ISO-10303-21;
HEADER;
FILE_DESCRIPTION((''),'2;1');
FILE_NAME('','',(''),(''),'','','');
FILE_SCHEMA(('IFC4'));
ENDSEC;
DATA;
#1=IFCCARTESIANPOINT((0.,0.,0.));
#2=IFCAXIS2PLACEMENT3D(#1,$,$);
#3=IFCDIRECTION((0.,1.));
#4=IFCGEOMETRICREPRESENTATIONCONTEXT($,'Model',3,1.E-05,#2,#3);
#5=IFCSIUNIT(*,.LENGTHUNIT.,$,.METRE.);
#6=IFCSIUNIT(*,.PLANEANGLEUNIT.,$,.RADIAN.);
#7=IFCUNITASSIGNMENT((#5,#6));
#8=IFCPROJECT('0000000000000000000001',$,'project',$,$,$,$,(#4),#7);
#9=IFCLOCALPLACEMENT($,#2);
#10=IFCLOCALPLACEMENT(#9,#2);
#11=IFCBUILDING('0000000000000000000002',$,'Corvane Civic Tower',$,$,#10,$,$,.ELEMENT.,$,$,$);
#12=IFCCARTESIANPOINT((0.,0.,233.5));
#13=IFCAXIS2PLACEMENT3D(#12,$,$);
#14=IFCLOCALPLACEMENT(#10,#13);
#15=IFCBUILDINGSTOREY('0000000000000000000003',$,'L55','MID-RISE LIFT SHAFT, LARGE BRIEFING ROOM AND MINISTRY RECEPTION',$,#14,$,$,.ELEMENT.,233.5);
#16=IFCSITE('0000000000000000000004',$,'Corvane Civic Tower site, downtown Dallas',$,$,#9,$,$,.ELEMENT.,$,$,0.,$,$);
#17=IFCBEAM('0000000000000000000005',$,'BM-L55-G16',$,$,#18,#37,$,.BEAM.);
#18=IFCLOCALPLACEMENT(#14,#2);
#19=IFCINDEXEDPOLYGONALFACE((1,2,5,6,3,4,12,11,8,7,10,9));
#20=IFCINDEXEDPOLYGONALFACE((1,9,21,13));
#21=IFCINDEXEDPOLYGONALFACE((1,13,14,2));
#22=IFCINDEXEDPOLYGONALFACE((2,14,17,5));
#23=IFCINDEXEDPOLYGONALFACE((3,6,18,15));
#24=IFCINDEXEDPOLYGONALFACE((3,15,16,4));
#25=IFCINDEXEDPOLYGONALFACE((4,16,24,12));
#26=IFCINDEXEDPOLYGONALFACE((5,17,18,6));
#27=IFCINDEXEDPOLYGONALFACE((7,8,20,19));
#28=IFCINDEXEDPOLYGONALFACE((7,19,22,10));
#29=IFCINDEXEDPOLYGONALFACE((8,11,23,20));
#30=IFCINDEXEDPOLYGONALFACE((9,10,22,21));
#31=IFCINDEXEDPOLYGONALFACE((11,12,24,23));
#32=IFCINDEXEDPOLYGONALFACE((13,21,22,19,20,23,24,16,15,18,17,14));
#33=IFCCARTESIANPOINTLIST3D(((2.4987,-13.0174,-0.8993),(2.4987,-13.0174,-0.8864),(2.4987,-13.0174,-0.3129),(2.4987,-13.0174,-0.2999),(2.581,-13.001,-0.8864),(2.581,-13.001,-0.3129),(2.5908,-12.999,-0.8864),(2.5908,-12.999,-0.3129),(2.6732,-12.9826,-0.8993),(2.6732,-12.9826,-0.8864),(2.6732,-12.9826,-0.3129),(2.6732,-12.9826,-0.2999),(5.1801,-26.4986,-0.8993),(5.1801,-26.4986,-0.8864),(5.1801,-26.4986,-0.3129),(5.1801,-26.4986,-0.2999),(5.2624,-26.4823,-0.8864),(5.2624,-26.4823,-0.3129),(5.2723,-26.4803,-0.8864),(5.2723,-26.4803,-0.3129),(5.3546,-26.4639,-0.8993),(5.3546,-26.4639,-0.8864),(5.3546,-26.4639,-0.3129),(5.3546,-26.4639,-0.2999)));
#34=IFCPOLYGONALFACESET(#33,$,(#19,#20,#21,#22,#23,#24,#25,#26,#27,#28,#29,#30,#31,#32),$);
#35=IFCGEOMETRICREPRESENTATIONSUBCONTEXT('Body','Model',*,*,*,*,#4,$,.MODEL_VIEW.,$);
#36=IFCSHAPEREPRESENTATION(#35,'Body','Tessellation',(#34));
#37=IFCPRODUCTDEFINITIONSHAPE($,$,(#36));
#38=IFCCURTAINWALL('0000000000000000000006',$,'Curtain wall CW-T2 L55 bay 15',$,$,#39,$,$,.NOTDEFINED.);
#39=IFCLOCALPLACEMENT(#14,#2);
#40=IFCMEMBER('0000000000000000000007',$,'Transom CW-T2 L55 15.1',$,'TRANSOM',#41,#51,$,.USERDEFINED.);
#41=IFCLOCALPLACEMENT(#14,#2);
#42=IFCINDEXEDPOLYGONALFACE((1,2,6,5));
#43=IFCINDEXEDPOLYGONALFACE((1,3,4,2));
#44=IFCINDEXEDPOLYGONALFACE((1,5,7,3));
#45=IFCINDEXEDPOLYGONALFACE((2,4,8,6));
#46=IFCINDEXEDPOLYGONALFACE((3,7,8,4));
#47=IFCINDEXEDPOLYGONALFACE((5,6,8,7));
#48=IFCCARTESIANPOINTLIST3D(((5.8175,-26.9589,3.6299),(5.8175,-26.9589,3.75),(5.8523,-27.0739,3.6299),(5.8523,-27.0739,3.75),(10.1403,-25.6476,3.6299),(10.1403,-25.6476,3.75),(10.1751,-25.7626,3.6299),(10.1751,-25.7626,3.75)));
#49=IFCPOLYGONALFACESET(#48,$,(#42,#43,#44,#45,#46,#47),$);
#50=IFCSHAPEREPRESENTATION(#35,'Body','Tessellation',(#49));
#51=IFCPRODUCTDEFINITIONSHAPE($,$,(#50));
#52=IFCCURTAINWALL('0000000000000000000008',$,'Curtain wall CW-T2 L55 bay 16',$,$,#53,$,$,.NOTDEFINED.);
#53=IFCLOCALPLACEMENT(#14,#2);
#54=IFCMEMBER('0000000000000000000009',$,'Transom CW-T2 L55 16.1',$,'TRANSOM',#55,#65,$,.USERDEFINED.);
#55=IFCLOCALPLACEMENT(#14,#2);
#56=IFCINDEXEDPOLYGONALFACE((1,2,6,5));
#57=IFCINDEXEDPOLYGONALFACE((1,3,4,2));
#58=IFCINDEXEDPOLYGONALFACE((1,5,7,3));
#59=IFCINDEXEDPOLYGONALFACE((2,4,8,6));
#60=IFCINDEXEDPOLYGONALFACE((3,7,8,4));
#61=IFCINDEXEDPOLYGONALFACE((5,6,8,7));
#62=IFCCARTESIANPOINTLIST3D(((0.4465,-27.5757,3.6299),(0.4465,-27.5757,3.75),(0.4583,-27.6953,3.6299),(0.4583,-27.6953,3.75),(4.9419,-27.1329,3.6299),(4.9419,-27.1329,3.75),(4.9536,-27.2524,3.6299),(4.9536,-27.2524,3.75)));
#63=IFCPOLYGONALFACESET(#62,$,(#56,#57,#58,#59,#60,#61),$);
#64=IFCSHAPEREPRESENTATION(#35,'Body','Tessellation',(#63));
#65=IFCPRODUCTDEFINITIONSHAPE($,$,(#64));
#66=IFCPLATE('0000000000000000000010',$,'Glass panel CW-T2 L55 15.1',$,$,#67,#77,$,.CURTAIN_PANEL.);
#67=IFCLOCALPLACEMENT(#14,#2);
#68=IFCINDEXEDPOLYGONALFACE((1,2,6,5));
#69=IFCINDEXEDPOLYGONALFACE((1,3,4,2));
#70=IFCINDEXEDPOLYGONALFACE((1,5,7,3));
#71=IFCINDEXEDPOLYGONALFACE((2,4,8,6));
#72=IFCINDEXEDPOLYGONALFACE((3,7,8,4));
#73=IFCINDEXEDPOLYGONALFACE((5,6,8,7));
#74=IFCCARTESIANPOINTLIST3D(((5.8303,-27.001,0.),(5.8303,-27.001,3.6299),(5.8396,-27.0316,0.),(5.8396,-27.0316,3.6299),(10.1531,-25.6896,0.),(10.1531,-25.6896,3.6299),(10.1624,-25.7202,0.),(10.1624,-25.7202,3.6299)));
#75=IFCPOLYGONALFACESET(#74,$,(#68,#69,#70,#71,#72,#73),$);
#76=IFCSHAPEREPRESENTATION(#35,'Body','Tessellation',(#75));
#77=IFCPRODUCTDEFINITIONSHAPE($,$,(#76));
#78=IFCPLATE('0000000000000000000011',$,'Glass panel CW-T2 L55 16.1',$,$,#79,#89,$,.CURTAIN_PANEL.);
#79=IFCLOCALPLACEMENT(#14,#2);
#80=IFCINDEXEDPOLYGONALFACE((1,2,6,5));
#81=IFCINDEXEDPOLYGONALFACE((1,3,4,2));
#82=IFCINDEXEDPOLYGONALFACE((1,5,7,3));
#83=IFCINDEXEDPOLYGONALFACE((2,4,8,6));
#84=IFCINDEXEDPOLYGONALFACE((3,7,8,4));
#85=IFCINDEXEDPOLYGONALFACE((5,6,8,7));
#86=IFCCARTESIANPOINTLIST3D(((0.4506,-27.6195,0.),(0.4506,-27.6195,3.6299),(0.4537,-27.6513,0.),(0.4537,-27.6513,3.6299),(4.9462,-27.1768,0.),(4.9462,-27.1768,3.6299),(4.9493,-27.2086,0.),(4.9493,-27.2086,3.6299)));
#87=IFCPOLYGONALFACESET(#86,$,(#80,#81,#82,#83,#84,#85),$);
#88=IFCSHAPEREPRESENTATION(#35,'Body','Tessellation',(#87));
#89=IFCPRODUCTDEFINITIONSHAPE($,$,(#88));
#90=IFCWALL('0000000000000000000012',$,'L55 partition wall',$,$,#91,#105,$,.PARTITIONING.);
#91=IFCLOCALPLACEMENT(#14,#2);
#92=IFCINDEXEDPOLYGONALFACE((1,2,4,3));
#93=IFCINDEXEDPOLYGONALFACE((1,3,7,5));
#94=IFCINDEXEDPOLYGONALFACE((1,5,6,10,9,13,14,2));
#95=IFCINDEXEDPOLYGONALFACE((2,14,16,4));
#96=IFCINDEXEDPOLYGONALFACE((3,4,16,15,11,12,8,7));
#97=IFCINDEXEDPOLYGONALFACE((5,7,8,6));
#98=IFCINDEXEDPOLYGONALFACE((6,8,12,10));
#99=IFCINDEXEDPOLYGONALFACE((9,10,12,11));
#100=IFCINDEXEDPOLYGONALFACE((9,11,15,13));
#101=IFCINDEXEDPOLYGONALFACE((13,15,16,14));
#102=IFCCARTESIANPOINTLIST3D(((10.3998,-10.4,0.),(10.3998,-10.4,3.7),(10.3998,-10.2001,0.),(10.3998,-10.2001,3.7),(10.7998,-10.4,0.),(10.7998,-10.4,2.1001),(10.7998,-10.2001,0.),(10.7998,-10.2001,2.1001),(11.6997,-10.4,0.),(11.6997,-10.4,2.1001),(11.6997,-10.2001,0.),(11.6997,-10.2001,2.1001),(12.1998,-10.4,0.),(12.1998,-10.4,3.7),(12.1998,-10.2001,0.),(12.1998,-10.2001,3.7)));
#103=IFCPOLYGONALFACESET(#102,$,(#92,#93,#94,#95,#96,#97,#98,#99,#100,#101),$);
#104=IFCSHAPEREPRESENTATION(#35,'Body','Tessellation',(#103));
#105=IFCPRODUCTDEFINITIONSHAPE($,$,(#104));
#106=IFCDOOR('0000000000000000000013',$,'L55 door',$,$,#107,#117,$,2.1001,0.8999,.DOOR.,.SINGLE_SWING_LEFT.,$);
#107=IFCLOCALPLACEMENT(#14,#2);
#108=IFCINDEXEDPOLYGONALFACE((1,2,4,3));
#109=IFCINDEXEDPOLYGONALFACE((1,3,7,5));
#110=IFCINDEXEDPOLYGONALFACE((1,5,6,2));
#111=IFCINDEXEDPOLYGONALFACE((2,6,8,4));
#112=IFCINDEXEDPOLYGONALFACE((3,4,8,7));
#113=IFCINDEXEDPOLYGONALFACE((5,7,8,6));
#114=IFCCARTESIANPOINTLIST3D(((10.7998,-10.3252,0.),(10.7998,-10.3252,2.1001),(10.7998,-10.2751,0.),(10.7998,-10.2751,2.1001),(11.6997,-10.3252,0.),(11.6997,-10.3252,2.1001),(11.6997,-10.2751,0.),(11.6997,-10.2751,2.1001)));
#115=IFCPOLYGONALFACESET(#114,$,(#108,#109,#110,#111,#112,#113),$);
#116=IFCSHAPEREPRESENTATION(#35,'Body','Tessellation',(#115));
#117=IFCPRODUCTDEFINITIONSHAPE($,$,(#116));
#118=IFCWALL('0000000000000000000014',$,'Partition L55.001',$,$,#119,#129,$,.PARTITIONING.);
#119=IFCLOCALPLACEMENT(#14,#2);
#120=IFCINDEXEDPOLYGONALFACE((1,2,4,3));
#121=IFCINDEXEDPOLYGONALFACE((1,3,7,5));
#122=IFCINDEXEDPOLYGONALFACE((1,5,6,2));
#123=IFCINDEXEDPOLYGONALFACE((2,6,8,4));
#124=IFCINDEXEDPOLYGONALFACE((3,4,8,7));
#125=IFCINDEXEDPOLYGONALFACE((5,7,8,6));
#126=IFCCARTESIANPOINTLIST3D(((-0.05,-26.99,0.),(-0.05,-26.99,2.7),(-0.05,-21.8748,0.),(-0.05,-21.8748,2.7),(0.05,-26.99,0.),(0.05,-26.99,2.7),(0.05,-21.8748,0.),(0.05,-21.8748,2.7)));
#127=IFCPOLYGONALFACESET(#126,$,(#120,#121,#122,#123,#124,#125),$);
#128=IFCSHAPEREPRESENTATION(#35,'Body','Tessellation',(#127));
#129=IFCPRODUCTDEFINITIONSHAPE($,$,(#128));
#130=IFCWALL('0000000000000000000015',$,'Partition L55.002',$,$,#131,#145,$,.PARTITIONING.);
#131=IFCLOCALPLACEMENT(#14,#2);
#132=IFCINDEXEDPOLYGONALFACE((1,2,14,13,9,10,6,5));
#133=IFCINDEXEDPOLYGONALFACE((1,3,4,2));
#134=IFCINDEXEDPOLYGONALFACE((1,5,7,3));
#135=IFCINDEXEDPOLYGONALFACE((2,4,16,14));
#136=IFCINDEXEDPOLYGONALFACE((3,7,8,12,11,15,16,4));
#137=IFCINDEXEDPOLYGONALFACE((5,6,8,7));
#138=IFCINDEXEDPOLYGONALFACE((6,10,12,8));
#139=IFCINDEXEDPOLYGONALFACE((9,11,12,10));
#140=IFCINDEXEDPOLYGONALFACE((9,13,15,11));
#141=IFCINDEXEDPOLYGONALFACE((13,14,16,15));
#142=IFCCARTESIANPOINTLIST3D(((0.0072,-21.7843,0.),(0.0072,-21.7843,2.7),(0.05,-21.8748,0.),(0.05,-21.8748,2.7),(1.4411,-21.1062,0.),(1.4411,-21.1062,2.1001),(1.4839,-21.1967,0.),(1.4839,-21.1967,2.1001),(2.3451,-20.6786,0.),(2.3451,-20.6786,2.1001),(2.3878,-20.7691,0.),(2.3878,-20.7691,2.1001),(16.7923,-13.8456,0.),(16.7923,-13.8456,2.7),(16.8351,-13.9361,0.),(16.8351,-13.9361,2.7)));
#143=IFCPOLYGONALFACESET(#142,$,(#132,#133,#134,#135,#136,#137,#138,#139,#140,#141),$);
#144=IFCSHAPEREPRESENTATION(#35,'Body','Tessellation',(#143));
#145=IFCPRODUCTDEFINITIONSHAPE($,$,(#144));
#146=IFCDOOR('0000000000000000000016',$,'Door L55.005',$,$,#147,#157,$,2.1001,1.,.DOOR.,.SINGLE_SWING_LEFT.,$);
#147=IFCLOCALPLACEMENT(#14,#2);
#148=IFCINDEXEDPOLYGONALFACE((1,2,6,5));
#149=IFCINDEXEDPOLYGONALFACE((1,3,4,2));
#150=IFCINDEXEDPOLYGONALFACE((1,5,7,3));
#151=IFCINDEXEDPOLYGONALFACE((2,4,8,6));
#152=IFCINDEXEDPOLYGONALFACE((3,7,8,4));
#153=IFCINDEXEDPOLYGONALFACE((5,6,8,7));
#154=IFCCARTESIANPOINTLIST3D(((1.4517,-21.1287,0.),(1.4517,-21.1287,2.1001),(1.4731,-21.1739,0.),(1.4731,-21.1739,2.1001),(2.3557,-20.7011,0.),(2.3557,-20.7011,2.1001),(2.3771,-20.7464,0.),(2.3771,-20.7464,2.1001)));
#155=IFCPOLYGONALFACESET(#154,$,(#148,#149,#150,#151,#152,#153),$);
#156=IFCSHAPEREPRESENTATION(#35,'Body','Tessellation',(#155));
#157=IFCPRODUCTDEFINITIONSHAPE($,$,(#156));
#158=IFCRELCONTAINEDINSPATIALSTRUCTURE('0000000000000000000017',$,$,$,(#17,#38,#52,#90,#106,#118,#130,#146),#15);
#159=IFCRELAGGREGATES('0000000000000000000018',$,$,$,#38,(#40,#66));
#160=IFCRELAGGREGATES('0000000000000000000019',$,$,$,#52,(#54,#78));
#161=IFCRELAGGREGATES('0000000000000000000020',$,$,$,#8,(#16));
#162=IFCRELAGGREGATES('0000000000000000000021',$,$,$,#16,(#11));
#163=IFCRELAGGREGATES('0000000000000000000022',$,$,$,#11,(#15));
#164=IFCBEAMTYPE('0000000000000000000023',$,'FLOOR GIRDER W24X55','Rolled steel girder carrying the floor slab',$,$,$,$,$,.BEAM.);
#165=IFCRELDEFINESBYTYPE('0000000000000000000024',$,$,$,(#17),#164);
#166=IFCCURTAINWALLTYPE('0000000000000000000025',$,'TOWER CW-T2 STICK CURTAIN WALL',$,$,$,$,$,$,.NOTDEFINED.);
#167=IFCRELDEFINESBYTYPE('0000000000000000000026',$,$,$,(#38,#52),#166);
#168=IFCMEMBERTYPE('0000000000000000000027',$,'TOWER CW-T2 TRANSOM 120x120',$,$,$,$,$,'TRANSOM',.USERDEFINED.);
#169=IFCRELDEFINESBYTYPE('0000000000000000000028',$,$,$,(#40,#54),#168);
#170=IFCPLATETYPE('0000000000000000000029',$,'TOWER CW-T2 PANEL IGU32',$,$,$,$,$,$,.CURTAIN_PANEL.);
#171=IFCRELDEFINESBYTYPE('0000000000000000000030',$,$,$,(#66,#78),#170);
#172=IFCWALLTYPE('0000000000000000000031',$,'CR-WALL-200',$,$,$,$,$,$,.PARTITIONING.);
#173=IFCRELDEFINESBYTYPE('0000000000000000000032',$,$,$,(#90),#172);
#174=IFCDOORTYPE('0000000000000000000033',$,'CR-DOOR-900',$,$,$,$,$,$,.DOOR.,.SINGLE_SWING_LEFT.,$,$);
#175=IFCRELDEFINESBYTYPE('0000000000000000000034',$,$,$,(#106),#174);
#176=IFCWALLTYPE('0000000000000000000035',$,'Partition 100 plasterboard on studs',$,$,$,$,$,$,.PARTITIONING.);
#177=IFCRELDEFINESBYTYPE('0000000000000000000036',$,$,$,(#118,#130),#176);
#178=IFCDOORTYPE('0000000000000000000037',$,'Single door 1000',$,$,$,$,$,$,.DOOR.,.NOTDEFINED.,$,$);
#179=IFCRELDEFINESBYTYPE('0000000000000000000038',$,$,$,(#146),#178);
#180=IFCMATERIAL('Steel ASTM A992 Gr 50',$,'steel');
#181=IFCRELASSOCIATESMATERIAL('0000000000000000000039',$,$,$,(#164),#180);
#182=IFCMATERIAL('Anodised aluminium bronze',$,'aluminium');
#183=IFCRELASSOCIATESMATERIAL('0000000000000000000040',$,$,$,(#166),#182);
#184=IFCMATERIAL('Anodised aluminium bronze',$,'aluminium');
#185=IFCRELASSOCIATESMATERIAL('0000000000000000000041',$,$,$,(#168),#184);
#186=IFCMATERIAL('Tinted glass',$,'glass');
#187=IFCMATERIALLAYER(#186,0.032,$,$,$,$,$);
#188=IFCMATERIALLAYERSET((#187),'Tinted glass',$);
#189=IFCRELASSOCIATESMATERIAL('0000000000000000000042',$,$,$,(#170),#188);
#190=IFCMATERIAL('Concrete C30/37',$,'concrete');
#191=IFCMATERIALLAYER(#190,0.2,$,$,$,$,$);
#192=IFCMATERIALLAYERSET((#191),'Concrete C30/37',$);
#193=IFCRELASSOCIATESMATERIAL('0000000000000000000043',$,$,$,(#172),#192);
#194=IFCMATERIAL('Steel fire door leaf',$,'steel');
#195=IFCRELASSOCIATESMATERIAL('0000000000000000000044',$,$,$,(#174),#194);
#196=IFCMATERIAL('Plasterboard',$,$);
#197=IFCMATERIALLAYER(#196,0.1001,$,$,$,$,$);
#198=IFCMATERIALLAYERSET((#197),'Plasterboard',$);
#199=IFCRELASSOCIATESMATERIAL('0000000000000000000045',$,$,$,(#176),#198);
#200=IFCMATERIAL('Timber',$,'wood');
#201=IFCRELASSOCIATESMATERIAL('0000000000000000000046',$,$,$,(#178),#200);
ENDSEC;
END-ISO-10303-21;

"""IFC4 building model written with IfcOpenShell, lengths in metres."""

from ifc_helpers import new_model, si_unit, direction, frame, frame_2d, origin, origin_2d, place, context, subcontext, project, spatial, rectangle, i_section, extrude, material, layer, layer_set, material_profile, profile_set, type_object, element, fill, aggregate, save


model = new_model("IFC4")

# Units and contexts
model_context = context("Model", 3, precision=1e-05, world=origin(), true_north=direction((0.0, 1.0)))
body_context = subcontext(model_context, "Body", "Model", "MODEL_VIEW")
ifc_project = project(units=[si_unit("LENGTHUNIT", "METRE"), si_unit("PLANEANGLEUNIT", "RADIAN")], contexts=[model_context])

# Site, building, storey
site_placement = place(None, origin())
site = spatial("IfcSite", under=ifc_project, at=site_placement, Name="Corvane Civic Tower site, downtown Dallas", CompositionType="ELEMENT", RefElevation=0.0)
building_placement = place(site_placement, origin())
building = spatial("IfcBuilding", under=site, at=building_placement, Name="Corvane Civic Tower", CompositionType="ELEMENT")
storey_placement = place(building_placement, frame((0.0, 0.0, 233.5)))
storey = spatial("IfcBuildingStorey", under=building, at=storey_placement, Name="L55", Description="MID-RISE LIFT SHAFT, LARGE BRIEFING ROOM AND MINISTRY RECEPTION", CompositionType="ELEMENT", Elevation=233.5)

# Beam
ifc_material_1 = material(Name="Steel ASTM A992 Gr 50", Category="steel")
ifc_material_profile_1 = material_profile(ifc_material_1, i_section(OverallWidth=0.178, OverallDepth=0.5994, WebThickness=0.01, FlangeThickness=0.0129, at=origin_2d()), Name="W24X55")
ifc_profile_set_1 = profile_set([ifc_material_profile_1], Name="Steel ASTM A992 Gr 50")
beam_type_1 = type_object("IfcBeamType", Name="FLOOR GIRDER W24X55", Description="Rolled steel girder carrying the floor slab", PredefinedType="BEAM", material=ifc_profile_set_1)
beam_1_placement = place(storey_placement, frame((2.5859, -13.0, -0.5996), z_axis=(0.195078, -0.980788, 0.0), x_axis=(0.980788, 0.195078, 0.0)))
element("IfcBeam", 1, at=beam_1_placement, inside=storey, type_object=beam_type_1, Name="BM-L55-G16", PredefinedType="BEAM", context=body_context, shape_type="SweptSolid", body=[
    extrude(i_section(OverallWidth=0.178, OverallDepth=0.5994, WebThickness=0.01, FlangeThickness=0.0129, at=origin_2d()), origin(), (0.0, 0.0, 1.0), 13.7454),
])

# Curtain walls, members
ifc_material_2 = material(Name="Anodised aluminium bronze", Category="aluminium")
curtain_wall_type = type_object("IfcCurtainWallType", Name="TOWER CW-T2 STICK CURTAIN WALL", PredefinedType="NOTDEFINED", material=ifc_material_2)
curtain_wall_1_placement = place(storey_placement, origin())
curtain_wall_1 = element("IfcCurtainWall", 2, at=curtain_wall_1_placement, inside=storey, type_object=curtain_wall_type, Name="Curtain wall CW-T2 L55 bay 15", PredefinedType="NOTDEFINED")
ifc_material_3 = material(Name="Anodised aluminium bronze", Category="aluminium")
ifc_material_profile_2 = material_profile(ifc_material_3, rectangle(XDim=0.1201, YDim=0.1201, at=origin_2d()), Name="TOWER CW-T2 TRANSOM 120x120")
ifc_profile_set_2 = profile_set([ifc_material_profile_2], Name="Anodised aluminium bronze")
member_type = type_object("IfcMemberType", Name="TOWER CW-T2 TRANSOM 120x120", ElementType="TRANSOM", PredefinedType="USERDEFINED", material=ifc_profile_set_2)
member_1_placement = place(storey_placement, frame((10.1577, -25.7051, 3.6899), z_axis=(-0.956941, -0.290282, 0.0), x_axis=(0.290282, -0.956941, 0.0)))
member_1 = element("IfcMember", 3, at=member_1_placement, type_object=member_type, Name="Transom CW-T2 L55 15.1", ObjectType="TRANSOM", PredefinedType="USERDEFINED", context=body_context, shape_type="SweptSolid", body=[
    extrude(rectangle(XDim=0.1201, YDim=0.1201, at=origin_2d()), origin(), (0.0, 0.0, 1.0), 4.5173),
])
curtain_wall_2_placement = place(storey_placement, origin())
curtain_wall_2 = element("IfcCurtainWall", 4, at=curtain_wall_2_placement, inside=storey, type_object=curtain_wall_type, Name="Curtain wall CW-T2 L55 bay 16", PredefinedType="NOTDEFINED")
member_2_placement = place(storey_placement, frame((4.9478, -27.1926, 3.6899), z_axis=(-0.995182, -0.098043, 0.0), x_axis=(0.098043, -0.995182, 0.0)))
member_2 = element("IfcMember", 5, at=member_2_placement, type_object=member_type, Name="Transom CW-T2 L55 16.1", ObjectType="TRANSOM", PredefinedType="USERDEFINED", context=body_context, shape_type="SweptSolid", body=[
    extrude(rectangle(XDim=0.1201, YDim=0.1201, at=origin_2d()), origin(), (0.0, 0.0, 1.0), 4.5171),
])

# Plates
ifc_material_4 = material(Name="Tinted glass", Category="glass")
ifc_layer_1 = layer(ifc_material_4, 0.032)
ifc_layer_set_1 = layer_set([ifc_layer_1], Name="Tinted glass")
plate_type = type_object("IfcPlateType", Name="TOWER CW-T2 PANEL IGU32", PredefinedType="CURTAIN_PANEL", material=ifc_layer_set_1)
plate_1_placement = place(storey_placement, frame((7.9963, -26.3606, 0.0), z_axis=(0.0, 0.0, 1.0), x_axis=(-0.956939, -0.29029, 0.0)))
plate_1 = element("IfcPlate", 6, at=plate_1_placement, type_object=plate_type, Name="Glass panel CW-T2 L55 15.1", PredefinedType="CURTAIN_PANEL", context=body_context, shape_type="SweptSolid", body=[
    extrude(rectangle(XDim=4.5173, YDim=0.032, at=origin_2d()), origin(), (0.0, 0.0, 1.0), 3.6299),
])
aggregate(curtain_wall_1, [member_1, plate_1])
plate_2_placement = place(storey_placement, frame((2.7, -27.4141, 0.0), z_axis=(0.0, 0.0, 1.0), x_axis=(-0.995187, -0.097993, 0.0)))
plate_2 = element("IfcPlate", 7, at=plate_2_placement, type_object=plate_type, Name="Glass panel CW-T2 L55 16.1", PredefinedType="CURTAIN_PANEL", context=body_context, shape_type="SweptSolid", body=[
    extrude(rectangle(XDim=4.5173, YDim=0.032, at=origin_2d()), origin(), (0.0, 0.0, 1.0), 3.6299),
])
aggregate(curtain_wall_2, [member_2, plate_2])

# Wall, opening, door
ifc_material_5 = material(Name="Concrete C30/37", Category="concrete")
ifc_layer_2 = layer(ifc_material_5, 0.2)
ifc_layer_set_2 = layer_set([ifc_layer_2], Name="Concrete C30/37")
wall_type_1 = type_object("IfcWallType", Name="CR-WALL-200", PredefinedType="PARTITIONING", material=ifc_layer_set_2)
wall_1_placement = place(storey_placement, frame((10.3999, -10.3, 0.0), z_axis=(0.0, 0.0, 1.0), x_axis=(1.0, 0.0, 0.0)))
wall_1 = element("IfcWall", 8, at=wall_1_placement, inside=storey, type_object=wall_type_1, Name="L55 partition wall", PredefinedType="PARTITIONING", context=body_context, shape_type="SweptSolid", body=[
    extrude(rectangle(XDim=1.8, YDim=0.2, at=frame_2d((0.8999, 0.0))), origin(), (0.0, 0.0, 1.0), 3.7),
])
opening_1_placement = place(wall_1_placement, frame((0.3999, 0.0, 0.0)))
opening_1 = element("IfcOpeningElement", 9, at=opening_1_placement, cuts=wall_1, PredefinedType="OPENING", context=body_context, shape_type="SweptSolid", body=[
    extrude(rectangle(XDim=0.8999, YDim=2.1001, at=frame_2d((0.45, 1.05))), frame((0.0, 0.1099, 0.0), z_axis=(0.0, -1.0, 0.0), x_axis=(1.0, 0.0, 0.0)), (0.0, 0.0, 1.0), 0.22),
])
ifc_material_6 = material(Name="Steel fire door leaf", Category="steel")
door_type_1 = type_object("IfcDoorType", Name="CR-DOOR-900", OperationType="SINGLE_SWING_LEFT", PredefinedType="DOOR", material=ifc_material_6)
door_1_placement = place(opening_1_placement, origin())
door_1 = element("IfcDoor", 10, at=door_1_placement, inside=storey, type_object=door_type_1, Name="L55 door", OperationType="SINGLE_SWING_LEFT", OverallHeight=2.1001, OverallWidth=0.8999, PredefinedType="DOOR", context=body_context, shape_type="SweptSolid", body=[
    extrude(rectangle(XDim=0.8999, YDim=2.1001, at=frame_2d((0.45, 1.05))), frame((0.0, 0.0249, 0.0), z_axis=(0.0, -1.0, 0.0), x_axis=(1.0, 0.0, 0.0)), (0.0, 0.0, 1.0), 0.05),
])
fill(opening_1, door_1)

# Wall
ifc_material_7 = material(Name="Plasterboard")
ifc_layer_3 = layer(ifc_material_7, 0.1001)
ifc_layer_set_3 = layer_set([ifc_layer_3], Name="Plasterboard")
wall_type_2 = type_object("IfcWallType", Name="Partition 100 plasterboard on studs", PredefinedType="PARTITIONING", material=ifc_layer_set_3)
wall_2_placement = place(storey_placement, frame((0.0, -26.99, 0.0), z_axis=(0.0, 0.0, 1.0), x_axis=(0.0, 1.0, 0.0)))
element("IfcWall", 11, at=wall_2_placement, inside=storey, type_object=wall_type_2, Name="Partition L55.001", PredefinedType="PARTITIONING", context=body_context, shape_type="SweptSolid", body=[
    extrude(rectangle(XDim=5.1152, YDim=0.1001, at=frame_2d((2.5576, 0.0))), origin(), (0.0, 0.0, 1.0), 2.7),
])

# Wall, opening, door
wall_3_placement = place(storey_placement, frame((0.0286, -21.8296, 0.0), z_axis=(0.0, 0.0, 1.0), x_axis=(0.903991, 0.427552, 0.0)))
wall_3 = element("IfcWall", 12, at=wall_3_placement, inside=storey, type_object=wall_type_2, Name="Partition L55.002", PredefinedType="PARTITIONING", context=body_context, shape_type="SweptSolid", body=[
    extrude(rectangle(XDim=18.5679, YDim=0.1001, at=frame_2d((9.2839, 0.0))), origin(), (0.0, 0.0, 1.0), 2.7),
])
opening_2_placement = place(wall_3_placement, frame((1.5862, 0.0, 0.0)))
opening_2 = element("IfcOpeningElement", 13, at=opening_2_placement, cuts=wall_3, PredefinedType="OPENING", context=body_context, shape_type="SweptSolid", body=[
    extrude(rectangle(XDim=1.0, YDim=2.1001, at=frame_2d((0.5, 1.05))), frame((0.0, 0.0601, 0.0), z_axis=(0.0, -1.0, 0.0), x_axis=(1.0, 0.0, 0.0)), (0.0, 0.0, 1.0), 0.1201),
])
ifc_material_8 = material(Name="Timber", Category="wood")
door_type_2 = type_object("IfcDoorType", Name="Single door 1000", OperationType="NOTDEFINED", PredefinedType="DOOR", material=ifc_material_8)
door_2_placement = place(opening_2_placement, frame((1.0, 0.0, 0.0), z_axis=(0.0, 0.0, 1.0), x_axis=(-1.0, 0.0, 0.0)))
door_2 = element("IfcDoor", 14, at=door_2_placement, inside=storey, type_object=door_type_2, Name="Door L55.005", OperationType="SINGLE_SWING_LEFT", OverallHeight=2.1001, OverallWidth=1.0, PredefinedType="DOOR", context=body_context, shape_type="SweptSolid", body=[
    extrude(rectangle(XDim=1.0, YDim=2.1001, at=frame_2d((0.5, 1.05))), frame((0.0, 0.0249, 0.0), z_axis=(0.0, -1.0, 0.0), x_axis=(1.0, 0.0, 0.0)), (0.0, 0.0, 1.0), 0.05),
])
fill(opening_2, door_2)

save(model, "model.ifc")
